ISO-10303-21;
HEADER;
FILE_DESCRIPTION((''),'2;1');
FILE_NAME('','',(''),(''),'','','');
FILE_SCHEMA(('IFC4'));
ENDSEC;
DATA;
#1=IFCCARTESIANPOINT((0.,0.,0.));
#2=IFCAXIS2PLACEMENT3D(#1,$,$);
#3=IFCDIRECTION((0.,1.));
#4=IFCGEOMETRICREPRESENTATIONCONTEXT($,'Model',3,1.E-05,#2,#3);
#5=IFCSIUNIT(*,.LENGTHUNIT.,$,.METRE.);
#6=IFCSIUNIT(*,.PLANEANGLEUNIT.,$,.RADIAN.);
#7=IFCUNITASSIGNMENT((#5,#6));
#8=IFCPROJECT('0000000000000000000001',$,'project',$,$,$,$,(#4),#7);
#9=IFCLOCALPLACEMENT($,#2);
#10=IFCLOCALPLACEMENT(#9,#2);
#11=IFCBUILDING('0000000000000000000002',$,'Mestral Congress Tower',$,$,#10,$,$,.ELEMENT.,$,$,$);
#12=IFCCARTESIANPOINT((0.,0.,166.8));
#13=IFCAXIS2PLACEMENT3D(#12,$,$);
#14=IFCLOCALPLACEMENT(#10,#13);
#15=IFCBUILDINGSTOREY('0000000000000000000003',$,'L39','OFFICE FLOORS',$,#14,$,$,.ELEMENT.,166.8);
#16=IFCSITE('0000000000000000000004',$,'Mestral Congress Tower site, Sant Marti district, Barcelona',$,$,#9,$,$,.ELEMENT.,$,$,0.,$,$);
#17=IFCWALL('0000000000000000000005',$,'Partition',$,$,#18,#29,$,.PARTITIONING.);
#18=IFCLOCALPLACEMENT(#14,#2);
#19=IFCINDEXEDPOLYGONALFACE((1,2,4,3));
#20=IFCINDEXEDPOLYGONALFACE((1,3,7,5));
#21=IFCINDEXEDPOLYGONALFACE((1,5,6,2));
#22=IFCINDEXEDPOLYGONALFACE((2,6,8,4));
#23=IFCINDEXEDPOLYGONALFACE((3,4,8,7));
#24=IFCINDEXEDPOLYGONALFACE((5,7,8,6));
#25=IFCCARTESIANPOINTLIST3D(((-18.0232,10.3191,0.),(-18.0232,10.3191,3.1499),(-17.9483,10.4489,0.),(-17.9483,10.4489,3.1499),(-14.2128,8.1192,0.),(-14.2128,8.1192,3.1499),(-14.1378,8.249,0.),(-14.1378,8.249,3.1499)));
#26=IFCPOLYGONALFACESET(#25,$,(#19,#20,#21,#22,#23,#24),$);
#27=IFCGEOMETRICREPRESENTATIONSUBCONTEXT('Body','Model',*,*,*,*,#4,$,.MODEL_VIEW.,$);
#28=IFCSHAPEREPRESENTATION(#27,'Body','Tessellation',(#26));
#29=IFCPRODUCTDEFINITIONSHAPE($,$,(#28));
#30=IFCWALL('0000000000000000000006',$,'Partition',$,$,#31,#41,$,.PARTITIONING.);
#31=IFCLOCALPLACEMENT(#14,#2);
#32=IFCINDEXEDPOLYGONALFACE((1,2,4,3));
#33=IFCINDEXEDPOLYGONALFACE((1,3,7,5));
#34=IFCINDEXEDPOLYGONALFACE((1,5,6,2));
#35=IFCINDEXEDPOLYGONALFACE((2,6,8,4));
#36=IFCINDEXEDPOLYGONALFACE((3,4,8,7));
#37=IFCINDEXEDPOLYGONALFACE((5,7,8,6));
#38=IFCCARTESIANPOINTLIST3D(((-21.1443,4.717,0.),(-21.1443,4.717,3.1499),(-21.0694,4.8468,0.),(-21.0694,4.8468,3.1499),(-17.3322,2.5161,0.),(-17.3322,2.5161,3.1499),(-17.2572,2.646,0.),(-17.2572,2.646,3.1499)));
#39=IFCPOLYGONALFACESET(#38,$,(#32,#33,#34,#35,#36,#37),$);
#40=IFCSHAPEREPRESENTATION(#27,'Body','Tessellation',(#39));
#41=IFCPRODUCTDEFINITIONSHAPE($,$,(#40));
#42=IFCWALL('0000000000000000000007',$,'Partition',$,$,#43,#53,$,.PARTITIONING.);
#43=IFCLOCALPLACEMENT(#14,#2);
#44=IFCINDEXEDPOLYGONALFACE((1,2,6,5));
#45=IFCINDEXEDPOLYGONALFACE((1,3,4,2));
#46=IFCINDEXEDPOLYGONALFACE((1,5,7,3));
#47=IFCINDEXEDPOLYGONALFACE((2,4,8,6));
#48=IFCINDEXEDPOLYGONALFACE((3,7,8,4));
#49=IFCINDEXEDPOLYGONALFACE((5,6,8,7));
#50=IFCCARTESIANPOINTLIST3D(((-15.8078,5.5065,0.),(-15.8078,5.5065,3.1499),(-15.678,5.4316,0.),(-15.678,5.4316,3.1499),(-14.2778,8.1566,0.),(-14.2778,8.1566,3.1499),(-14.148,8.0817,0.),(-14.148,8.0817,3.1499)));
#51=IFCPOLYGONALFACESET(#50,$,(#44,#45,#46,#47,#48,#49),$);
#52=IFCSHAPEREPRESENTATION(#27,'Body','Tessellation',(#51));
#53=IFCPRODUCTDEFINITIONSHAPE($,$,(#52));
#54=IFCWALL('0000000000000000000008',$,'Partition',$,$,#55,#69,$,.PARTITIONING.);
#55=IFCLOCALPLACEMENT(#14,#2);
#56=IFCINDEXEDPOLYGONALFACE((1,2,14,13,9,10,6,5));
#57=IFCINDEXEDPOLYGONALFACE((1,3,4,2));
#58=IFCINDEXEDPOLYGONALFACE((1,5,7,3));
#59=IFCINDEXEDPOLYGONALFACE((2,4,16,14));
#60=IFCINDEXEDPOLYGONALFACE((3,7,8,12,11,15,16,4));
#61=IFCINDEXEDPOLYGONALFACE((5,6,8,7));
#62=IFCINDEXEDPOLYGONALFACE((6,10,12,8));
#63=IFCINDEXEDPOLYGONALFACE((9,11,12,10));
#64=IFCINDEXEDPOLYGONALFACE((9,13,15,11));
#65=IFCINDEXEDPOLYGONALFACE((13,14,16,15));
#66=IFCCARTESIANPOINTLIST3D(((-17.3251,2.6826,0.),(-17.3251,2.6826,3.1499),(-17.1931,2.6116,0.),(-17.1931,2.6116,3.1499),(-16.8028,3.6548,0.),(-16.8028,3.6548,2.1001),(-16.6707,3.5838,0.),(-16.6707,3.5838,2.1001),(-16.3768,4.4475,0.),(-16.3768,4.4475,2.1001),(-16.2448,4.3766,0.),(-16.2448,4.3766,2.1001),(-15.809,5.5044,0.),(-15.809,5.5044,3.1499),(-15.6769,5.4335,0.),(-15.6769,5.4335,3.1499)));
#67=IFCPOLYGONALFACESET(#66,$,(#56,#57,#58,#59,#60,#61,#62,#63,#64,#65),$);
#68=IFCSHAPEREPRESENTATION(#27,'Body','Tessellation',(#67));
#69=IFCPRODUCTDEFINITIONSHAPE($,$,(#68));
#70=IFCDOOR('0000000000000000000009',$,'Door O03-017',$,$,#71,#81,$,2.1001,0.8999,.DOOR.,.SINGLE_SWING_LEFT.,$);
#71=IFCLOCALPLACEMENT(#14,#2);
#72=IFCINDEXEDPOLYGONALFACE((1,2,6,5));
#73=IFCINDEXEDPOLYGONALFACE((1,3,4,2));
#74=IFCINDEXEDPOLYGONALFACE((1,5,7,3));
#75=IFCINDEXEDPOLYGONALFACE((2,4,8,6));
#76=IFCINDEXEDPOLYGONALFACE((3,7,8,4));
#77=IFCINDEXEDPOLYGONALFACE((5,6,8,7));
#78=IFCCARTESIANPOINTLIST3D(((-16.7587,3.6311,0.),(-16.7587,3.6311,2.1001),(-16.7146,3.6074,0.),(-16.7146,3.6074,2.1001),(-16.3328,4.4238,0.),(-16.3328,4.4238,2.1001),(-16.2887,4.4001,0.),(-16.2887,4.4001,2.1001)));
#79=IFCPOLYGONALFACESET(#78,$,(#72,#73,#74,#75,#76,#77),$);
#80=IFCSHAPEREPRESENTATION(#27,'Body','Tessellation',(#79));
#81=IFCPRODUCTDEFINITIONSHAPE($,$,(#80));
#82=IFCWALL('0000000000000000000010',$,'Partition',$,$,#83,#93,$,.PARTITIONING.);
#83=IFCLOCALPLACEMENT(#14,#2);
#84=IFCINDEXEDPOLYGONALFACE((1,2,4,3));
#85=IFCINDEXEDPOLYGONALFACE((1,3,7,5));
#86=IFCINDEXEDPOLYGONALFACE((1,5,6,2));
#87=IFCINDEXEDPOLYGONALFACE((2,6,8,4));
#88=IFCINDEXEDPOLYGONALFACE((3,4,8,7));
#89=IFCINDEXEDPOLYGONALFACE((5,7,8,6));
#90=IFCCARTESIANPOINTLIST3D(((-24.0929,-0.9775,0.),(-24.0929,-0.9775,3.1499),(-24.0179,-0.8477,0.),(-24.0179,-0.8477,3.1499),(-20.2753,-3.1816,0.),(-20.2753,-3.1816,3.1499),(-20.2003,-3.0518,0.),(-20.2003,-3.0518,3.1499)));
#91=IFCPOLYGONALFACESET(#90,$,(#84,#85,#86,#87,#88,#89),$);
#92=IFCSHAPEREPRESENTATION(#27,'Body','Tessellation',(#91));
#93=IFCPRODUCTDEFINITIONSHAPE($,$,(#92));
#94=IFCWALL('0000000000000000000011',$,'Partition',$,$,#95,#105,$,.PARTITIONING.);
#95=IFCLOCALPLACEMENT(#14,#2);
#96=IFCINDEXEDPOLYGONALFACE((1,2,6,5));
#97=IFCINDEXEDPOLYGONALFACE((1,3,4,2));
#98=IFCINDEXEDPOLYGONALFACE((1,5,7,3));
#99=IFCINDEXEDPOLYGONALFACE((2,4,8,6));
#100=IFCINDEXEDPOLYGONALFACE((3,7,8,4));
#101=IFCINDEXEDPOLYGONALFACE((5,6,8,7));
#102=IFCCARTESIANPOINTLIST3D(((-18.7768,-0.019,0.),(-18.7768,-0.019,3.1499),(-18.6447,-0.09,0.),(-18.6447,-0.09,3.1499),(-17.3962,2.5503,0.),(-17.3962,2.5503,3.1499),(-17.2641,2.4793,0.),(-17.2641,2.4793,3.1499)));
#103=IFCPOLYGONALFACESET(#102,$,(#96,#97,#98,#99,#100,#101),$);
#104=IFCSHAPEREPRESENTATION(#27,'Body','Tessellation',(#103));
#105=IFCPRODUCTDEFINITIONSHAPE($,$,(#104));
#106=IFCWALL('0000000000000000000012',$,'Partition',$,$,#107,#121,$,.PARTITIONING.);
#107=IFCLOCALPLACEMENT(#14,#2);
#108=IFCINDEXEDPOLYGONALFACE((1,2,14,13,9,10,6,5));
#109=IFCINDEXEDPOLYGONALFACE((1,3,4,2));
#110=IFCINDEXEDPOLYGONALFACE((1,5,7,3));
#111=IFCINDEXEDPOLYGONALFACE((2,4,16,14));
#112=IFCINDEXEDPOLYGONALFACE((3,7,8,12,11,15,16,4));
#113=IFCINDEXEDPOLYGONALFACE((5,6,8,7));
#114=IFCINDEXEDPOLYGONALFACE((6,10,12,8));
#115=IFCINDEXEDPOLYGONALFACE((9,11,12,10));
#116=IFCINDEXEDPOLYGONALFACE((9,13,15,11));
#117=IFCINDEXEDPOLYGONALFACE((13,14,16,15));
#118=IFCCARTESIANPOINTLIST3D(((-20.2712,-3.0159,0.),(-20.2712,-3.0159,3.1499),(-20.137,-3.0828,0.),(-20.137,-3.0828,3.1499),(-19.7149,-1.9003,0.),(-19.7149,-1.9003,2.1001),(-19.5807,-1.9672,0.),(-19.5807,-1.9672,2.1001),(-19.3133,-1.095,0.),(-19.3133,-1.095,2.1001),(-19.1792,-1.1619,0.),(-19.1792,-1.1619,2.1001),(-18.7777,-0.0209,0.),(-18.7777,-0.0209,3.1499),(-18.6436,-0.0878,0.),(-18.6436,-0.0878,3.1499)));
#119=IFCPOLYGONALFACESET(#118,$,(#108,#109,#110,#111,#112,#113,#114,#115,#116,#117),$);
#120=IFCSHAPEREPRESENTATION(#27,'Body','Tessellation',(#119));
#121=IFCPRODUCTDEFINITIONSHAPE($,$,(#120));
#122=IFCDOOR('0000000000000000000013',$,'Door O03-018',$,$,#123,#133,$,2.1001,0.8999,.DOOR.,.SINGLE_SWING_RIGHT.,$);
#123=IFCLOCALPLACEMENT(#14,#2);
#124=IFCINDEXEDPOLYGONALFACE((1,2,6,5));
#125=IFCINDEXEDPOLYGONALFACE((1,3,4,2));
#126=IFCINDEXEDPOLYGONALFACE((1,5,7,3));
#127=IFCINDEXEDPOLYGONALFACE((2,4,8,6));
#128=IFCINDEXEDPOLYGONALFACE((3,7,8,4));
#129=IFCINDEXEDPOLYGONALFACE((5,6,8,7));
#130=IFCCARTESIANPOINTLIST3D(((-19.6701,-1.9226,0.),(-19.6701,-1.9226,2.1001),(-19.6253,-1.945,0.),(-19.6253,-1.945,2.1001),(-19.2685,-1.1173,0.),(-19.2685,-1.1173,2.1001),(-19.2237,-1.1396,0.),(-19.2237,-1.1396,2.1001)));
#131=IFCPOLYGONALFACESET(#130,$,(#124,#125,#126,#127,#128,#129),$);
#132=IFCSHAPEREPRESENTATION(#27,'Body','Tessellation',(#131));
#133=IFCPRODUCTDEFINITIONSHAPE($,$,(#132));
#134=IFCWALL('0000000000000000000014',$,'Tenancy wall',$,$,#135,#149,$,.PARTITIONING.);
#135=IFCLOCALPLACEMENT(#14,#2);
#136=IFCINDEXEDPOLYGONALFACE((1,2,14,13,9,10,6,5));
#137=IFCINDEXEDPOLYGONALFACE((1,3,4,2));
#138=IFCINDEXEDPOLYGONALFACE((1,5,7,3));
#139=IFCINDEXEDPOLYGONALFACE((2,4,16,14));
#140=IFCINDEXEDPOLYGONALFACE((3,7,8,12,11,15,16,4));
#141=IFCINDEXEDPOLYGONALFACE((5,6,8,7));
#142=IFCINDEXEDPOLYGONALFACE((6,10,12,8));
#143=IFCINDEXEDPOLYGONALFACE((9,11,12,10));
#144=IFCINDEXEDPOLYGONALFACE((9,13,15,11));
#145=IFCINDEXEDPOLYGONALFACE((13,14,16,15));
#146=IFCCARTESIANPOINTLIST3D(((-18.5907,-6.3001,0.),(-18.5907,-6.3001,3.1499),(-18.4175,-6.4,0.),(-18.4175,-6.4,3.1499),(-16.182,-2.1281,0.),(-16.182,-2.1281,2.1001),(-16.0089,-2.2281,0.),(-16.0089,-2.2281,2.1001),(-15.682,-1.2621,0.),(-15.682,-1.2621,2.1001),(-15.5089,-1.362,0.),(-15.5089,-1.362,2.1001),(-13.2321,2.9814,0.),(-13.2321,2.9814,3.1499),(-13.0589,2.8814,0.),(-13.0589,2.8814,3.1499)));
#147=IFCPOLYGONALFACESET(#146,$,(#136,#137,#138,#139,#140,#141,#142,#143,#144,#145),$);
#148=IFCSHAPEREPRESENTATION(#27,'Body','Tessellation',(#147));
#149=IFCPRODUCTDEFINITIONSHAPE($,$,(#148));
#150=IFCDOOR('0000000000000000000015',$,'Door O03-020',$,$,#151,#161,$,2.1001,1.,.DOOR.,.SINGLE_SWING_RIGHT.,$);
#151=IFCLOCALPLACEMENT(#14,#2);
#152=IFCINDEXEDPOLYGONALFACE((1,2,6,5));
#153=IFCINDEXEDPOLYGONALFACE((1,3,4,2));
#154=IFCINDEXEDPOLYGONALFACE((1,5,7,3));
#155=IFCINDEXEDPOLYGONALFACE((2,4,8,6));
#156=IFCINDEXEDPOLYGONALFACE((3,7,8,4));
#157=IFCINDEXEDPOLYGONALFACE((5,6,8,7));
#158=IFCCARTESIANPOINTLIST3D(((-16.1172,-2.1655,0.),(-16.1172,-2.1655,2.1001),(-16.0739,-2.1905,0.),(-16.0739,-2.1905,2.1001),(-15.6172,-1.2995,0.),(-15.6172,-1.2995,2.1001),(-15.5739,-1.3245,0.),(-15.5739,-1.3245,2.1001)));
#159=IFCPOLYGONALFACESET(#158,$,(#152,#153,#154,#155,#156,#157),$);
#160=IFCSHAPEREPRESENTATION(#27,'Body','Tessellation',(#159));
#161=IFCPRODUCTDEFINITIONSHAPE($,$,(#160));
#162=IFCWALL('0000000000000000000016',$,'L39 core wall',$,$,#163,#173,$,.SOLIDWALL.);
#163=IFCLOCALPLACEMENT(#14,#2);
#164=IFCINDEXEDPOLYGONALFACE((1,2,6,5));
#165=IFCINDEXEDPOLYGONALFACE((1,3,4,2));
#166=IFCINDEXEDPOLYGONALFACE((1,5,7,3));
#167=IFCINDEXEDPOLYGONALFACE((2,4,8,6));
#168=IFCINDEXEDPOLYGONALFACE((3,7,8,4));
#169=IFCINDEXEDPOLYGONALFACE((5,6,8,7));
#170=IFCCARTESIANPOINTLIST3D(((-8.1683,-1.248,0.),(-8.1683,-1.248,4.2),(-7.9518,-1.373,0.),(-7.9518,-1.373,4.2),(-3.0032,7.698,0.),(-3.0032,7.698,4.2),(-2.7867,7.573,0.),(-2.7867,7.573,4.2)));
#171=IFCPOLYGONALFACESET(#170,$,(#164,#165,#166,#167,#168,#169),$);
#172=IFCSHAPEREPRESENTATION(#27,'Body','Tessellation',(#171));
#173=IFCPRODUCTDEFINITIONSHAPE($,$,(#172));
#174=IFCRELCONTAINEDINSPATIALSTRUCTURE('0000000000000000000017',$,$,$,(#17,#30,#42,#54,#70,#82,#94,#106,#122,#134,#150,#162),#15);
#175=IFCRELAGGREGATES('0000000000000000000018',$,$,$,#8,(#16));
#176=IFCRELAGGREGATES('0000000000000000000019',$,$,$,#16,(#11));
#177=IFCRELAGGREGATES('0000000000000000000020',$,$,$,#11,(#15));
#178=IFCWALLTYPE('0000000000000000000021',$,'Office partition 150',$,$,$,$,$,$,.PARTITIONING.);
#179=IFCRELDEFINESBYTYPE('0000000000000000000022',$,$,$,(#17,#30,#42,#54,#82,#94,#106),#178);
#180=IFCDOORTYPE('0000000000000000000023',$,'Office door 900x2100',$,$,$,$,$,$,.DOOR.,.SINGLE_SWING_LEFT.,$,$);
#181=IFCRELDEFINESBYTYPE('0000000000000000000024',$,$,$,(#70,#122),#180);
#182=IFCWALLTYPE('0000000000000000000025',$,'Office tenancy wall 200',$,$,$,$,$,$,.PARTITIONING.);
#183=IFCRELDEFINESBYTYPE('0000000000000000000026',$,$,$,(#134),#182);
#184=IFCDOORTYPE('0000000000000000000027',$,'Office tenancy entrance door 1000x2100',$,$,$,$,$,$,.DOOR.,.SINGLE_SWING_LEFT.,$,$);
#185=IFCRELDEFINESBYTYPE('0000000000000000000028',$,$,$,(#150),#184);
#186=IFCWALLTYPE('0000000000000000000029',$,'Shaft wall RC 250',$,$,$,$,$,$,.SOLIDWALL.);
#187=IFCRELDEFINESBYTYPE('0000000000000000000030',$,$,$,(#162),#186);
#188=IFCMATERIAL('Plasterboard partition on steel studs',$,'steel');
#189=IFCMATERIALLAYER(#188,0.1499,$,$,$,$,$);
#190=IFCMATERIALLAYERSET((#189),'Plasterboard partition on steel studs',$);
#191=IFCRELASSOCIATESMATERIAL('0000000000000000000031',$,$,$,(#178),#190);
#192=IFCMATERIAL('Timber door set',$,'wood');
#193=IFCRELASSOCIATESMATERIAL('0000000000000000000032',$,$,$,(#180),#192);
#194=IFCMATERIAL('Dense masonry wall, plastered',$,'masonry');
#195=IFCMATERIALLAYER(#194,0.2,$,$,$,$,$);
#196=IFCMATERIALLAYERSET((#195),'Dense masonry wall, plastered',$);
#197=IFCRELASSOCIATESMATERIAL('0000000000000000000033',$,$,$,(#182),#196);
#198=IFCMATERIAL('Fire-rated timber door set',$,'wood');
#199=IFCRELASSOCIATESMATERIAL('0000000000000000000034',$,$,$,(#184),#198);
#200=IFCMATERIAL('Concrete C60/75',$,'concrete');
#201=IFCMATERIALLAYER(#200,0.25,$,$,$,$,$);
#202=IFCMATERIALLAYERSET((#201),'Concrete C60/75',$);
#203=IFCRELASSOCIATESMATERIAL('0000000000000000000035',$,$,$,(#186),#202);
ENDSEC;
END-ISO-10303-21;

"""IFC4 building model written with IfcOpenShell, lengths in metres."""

from ifc_helpers import new_model, si_unit, direction, frame, frame_2d, origin, place, context, subcontext, project, spatial, rectangle, extrude, material, layer, layer_set, type_object, element, fill, save


model = new_model("IFC4")

# Units and contexts
model_context = context("Model", 3, precision=1e-05, world=origin(), true_north=direction((0.0, 1.0)))
body_context = subcontext(model_context, "Body", "Model", "MODEL_VIEW")
ifc_project = project(units=[si_unit("LENGTHUNIT", "METRE"), si_unit("PLANEANGLEUNIT", "RADIAN")], contexts=[model_context])

# Site, building, storey
site_placement = place(None, origin())
site = spatial("IfcSite", under=ifc_project, at=site_placement, Name="Mestral Congress Tower site, Sant Marti district, Barcelona", CompositionType="ELEMENT", RefElevation=0.0)
building_placement = place(site_placement, origin())
building = spatial("IfcBuilding", under=site, at=building_placement, Name="Mestral Congress Tower", CompositionType="ELEMENT")
storey_placement = place(building_placement, frame((0.0, 0.0, 166.8)))
storey = spatial("IfcBuildingStorey", under=building, at=storey_placement, Name="L39", Description="OFFICE FLOORS", CompositionType="ELEMENT", Elevation=166.8)

# Shared definitions
ifc_material_1 = material(Name="Concrete C60/75", Category="concrete")

# Walls
ifc_material_2 = material(Name="Plasterboard partition on steel studs", Category="steel")
ifc_layer_1 = layer(ifc_material_2, 0.1499)
ifc_layer_set_1 = layer_set([ifc_layer_1], Name="Plasterboard partition on steel studs")
wall_type_1 = type_object("IfcWallType", Name="Office partition 150", PredefinedType="PARTITIONING", material=ifc_layer_set_1)
wall_1_placement = place(storey_placement, frame((-14.1753, 8.1841, 0.0), z_axis=(0.0, 0.0, 1.0), x_axis=(-0.866032, 0.499988, 0.0)))
element("IfcWall", 1, at=wall_1_placement, inside=storey, type_object=wall_type_1, Name="Partition", PredefinedType="PARTITIONING", context=body_context, shape_type="SweptSolid", body=[
    extrude(rectangle(XDim=4.3999, YDim=0.1499, at=frame_2d((2.2, 0.0))), origin(), (0.0, 0.0, 1.0), 3.1499),
])
wall_2_placement = place(storey_placement, frame((-17.2947, 2.5811, 0.0), z_axis=(0.0, 0.0, 1.0), x_axis=(-0.866033, 0.499987, 0.0)))
element("IfcWall", 2, at=wall_2_placement, inside=storey, type_object=wall_type_1, Name="Partition", PredefinedType="PARTITIONING", context=body_context, shape_type="SweptSolid", body=[
    extrude(rectangle(XDim=4.4019, YDim=0.1499, at=frame_2d((2.2009, 0.0))), origin(), (0.0, 0.0, 1.0), 3.1499),
])
wall_3_placement = place(storey_placement, frame((-14.2129, 8.1191, 0.0), z_axis=(0.0, 0.0, 1.0), x_axis=(-0.499992, -0.86603, 0.0)))
element("IfcWall", 3, at=wall_3_placement, inside=storey, type_object=wall_type_1, Name="Partition", PredefinedType="PARTITIONING", context=body_context, shape_type="SweptSolid", body=[
    extrude(rectangle(XDim=3.0601, YDim=0.1499, at=frame_2d((1.53, 0.0))), origin(), (0.0, 0.0, 1.0), 3.1499),
])

# Wall, opening, door
wall_4_placement = place(storey_placement, frame((-17.259, 2.6472, 0.0), z_axis=(0.0, 0.0, 1.0), x_axis=(0.4733, 0.880901, 0.0)))
wall_4 = element("IfcWall", 4, at=wall_4_placement, inside=storey, type_object=wall_type_1, Name="Partition", PredefinedType="PARTITIONING", context=body_context, shape_type="SweptSolid", body=[
    extrude(rectangle(XDim=3.2034, YDim=0.1499, at=frame_2d((1.6016, 0.0))), origin(), (0.0, 0.0, 1.0), 3.1499),
])
opening_1_placement = place(wall_4_placement, frame((1.1035, 0.0, 0.0)))
opening_1 = element("IfcOpeningElement", 5, at=opening_1_placement, cuts=wall_4, PredefinedType="OPENING", context=body_context, shape_type="SweptSolid", body=[
    extrude(rectangle(XDim=0.8999, YDim=2.1001, at=frame_2d((0.45, 1.05))), frame((0.0, 0.085, 0.0), z_axis=(0.0, -1.0, 0.0), x_axis=(1.0, 0.0, 0.0)), (0.0, 0.0, 1.0), 0.1699),
])
ifc_material_3 = material(Name="Timber door set", Category="wood")
door_type_1 = type_object("IfcDoorType", Name="Office door 900x2100", OperationType="SINGLE_SWING_LEFT", PredefinedType="DOOR", material=ifc_material_3)
door_1_placement = place(opening_1_placement, origin())
door_1 = element("IfcDoor", 6, at=door_1_placement, inside=storey, type_object=door_type_1, Name="Door O03-017", OperationType="SINGLE_SWING_LEFT", OverallHeight=2.1001, OverallWidth=0.8999, PredefinedType="DOOR", context=body_context, shape_type="SweptSolid", body=[
    extrude(rectangle(XDim=0.8999, YDim=2.1001, at=frame_2d((0.45, 1.05))), frame((0.0, 0.0249, 0.0), z_axis=(0.0, -1.0, 0.0), x_axis=(1.0, 0.0, 0.0)), (0.0, 0.0, 1.0), 0.05),
])
fill(opening_1, door_1)

# Walls
wall_5_placement = place(storey_placement, frame((-20.2378, -3.1167, 0.0), z_axis=(0.0, 0.0, 1.0), x_axis=(-0.866026, 0.499999, 0.0)))
element("IfcWall", 7, at=wall_5_placement, inside=storey, type_object=wall_type_1, Name="Partition", PredefinedType="PARTITIONING", context=body_context, shape_type="SweptSolid", body=[
    extrude(rectangle(XDim=4.4082, YDim=0.1499, at=frame_2d((2.2041, 0.0))), origin(), (0.0, 0.0, 1.0), 3.1499),
])
wall_6_placement = place(storey_placement, frame((-17.3301, 2.5149, 0.0), z_axis=(0.0, 0.0, 1.0), x_axis=(-0.473336, -0.880882, 0.0)))
element("IfcWall", 8, at=wall_6_placement, inside=storey, type_object=wall_type_1, Name="Partition", PredefinedType="PARTITIONING", context=body_context, shape_type="SweptSolid", body=[
    extrude(rectangle(XDim=2.9167, YDim=0.1499, at=frame_2d((1.4585, 0.0))), origin(), (0.0, 0.0, 1.0), 3.1499),
])

# Walls, openings, doors
wall_7_placement = place(storey_placement, frame((-20.2041, -3.0493, 0.0), z_axis=(0.0, 0.0, 1.0), x_axis=(0.44625, 0.894908, 0.0)))
wall_7 = element("IfcWall", 9, at=wall_7_placement, inside=storey, type_object=wall_type_1, Name="Partition", PredefinedType="PARTITIONING", context=body_context, shape_type="SweptSolid", body=[
    extrude(rectangle(XDim=3.3467, YDim=0.1499, at=frame_2d((1.6733, 0.0))), origin(), (0.0, 0.0, 1.0), 3.1499),
])
opening_2_placement = place(wall_7_placement, frame((1.2466, 0.0, 0.0)))
opening_2 = element("IfcOpeningElement", 10, at=opening_2_placement, cuts=wall_7, PredefinedType="OPENING", context=body_context, shape_type="SweptSolid", body=[
    extrude(rectangle(XDim=0.8999, YDim=2.1001, at=frame_2d((0.45, 1.05))), frame((0.0, 0.085, 0.0), z_axis=(0.0, -1.0, 0.0), x_axis=(1.0, 0.0, 0.0)), (0.0, 0.0, 1.0), 0.1699),
])
door_2_placement = place(opening_2_placement, origin())
door_2 = element("IfcDoor", 11, at=door_2_placement, inside=storey, type_object=door_type_1, Name="Door O03-018", OperationType="SINGLE_SWING_RIGHT", OverallHeight=2.1001, OverallWidth=0.8999, PredefinedType="DOOR", context=body_context, shape_type="SweptSolid", body=[
    extrude(rectangle(XDim=0.8999, YDim=2.1001, at=frame_2d((0.45, 1.05))), frame((0.0, 0.0249, 0.0), z_axis=(0.0, -1.0, 0.0), x_axis=(1.0, 0.0, 0.0)), (0.0, 0.0, 1.0), 0.05),
])
fill(opening_2, door_2)
ifc_material_4 = material(Name="Dense masonry wall, plastered", Category="masonry")
ifc_layer_2 = layer(ifc_material_4, 0.2)
ifc_layer_set_2 = layer_set([ifc_layer_2], Name="Dense masonry wall, plastered")
wall_type_2 = type_object("IfcWallType", Name="Office tenancy wall 200", PredefinedType="PARTITIONING", material=ifc_layer_set_2)
wall_8_placement = place(storey_placement, frame((-13.1455, 2.9314, 0.0), z_axis=(0.0, 0.0, 1.0), x_axis=(-0.499998, -0.866027, 0.0)))
wall_8 = element("IfcWall", 12, at=wall_8_placement, inside=storey, type_object=wall_type_2, Name="Tenancy wall", PredefinedType="PARTITIONING", context=body_context, shape_type="SweptSolid", body=[
    extrude(rectangle(XDim=10.7173, YDim=0.2, at=frame_2d((5.3586, 0.0))), origin(), (0.0, 0.0, 1.0), 3.1499),
])
opening_3_placement = place(wall_8_placement, frame((4.8999, 0.0, 0.0)))
opening_3 = element("IfcOpeningElement", 13, at=opening_3_placement, cuts=wall_8, PredefinedType="OPENING", context=body_context, shape_type="SweptSolid", body=[
    extrude(rectangle(XDim=1.0, YDim=2.1001, at=frame_2d((0.5, 1.05))), frame((0.0, 0.1099, 0.0), z_axis=(0.0, -1.0, 0.0), x_axis=(1.0, 0.0, 0.0)), (0.0, 0.0, 1.0), 0.22),
])
ifc_material_5 = material(Name="Fire-rated timber door set", Category="wood")
door_type_2 = type_object("IfcDoorType", Name="Office tenancy entrance door 1000x2100", OperationType="SINGLE_SWING_LEFT", PredefinedType="DOOR", material=ifc_material_5)
door_3_placement = place(opening_3_placement, origin())
door_3 = element("IfcDoor", 14, at=door_3_placement, inside=storey, type_object=door_type_2, Name="Door O03-020", OperationType="SINGLE_SWING_RIGHT", OverallHeight=2.1001, OverallWidth=1.0, PredefinedType="DOOR", context=body_context, shape_type="SweptSolid", body=[
    extrude(rectangle(XDim=1.0, YDim=2.1001, at=frame_2d((0.5, 1.05))), frame((0.0, 0.0249, 0.0), z_axis=(0.0, -1.0, 0.0), x_axis=(1.0, 0.0, 0.0)), (0.0, 0.0, 1.0), 0.05),
])
fill(opening_3, door_3)

# Wall
ifc_layer_3 = layer(ifc_material_1, 0.25)
ifc_layer_set_3 = layer_set([ifc_layer_3], Name="Concrete C60/75")
wall_type_3 = type_object("IfcWallType", Name="Shaft wall RC 250", PredefinedType="SOLIDWALL", material=ifc_layer_set_3)
wall_9_placement = place(storey_placement, frame((-8.0601, -1.3105, 0.0), z_axis=(0.0, 0.0, 1.0), x_axis=(0.500003, 0.866024, 0.0)))
element("IfcWall", 15, at=wall_9_placement, inside=storey, type_object=wall_type_3, Name="L39 core wall", PredefinedType="SOLIDWALL", context=body_context, shape_type="SweptSolid", body=[
    extrude(rectangle(XDim=10.3301, YDim=0.25, at=frame_2d((5.165, 0.0))), origin(), (0.0, 0.0, 1.0), 4.2),
])

save(model, "model.ifc")
